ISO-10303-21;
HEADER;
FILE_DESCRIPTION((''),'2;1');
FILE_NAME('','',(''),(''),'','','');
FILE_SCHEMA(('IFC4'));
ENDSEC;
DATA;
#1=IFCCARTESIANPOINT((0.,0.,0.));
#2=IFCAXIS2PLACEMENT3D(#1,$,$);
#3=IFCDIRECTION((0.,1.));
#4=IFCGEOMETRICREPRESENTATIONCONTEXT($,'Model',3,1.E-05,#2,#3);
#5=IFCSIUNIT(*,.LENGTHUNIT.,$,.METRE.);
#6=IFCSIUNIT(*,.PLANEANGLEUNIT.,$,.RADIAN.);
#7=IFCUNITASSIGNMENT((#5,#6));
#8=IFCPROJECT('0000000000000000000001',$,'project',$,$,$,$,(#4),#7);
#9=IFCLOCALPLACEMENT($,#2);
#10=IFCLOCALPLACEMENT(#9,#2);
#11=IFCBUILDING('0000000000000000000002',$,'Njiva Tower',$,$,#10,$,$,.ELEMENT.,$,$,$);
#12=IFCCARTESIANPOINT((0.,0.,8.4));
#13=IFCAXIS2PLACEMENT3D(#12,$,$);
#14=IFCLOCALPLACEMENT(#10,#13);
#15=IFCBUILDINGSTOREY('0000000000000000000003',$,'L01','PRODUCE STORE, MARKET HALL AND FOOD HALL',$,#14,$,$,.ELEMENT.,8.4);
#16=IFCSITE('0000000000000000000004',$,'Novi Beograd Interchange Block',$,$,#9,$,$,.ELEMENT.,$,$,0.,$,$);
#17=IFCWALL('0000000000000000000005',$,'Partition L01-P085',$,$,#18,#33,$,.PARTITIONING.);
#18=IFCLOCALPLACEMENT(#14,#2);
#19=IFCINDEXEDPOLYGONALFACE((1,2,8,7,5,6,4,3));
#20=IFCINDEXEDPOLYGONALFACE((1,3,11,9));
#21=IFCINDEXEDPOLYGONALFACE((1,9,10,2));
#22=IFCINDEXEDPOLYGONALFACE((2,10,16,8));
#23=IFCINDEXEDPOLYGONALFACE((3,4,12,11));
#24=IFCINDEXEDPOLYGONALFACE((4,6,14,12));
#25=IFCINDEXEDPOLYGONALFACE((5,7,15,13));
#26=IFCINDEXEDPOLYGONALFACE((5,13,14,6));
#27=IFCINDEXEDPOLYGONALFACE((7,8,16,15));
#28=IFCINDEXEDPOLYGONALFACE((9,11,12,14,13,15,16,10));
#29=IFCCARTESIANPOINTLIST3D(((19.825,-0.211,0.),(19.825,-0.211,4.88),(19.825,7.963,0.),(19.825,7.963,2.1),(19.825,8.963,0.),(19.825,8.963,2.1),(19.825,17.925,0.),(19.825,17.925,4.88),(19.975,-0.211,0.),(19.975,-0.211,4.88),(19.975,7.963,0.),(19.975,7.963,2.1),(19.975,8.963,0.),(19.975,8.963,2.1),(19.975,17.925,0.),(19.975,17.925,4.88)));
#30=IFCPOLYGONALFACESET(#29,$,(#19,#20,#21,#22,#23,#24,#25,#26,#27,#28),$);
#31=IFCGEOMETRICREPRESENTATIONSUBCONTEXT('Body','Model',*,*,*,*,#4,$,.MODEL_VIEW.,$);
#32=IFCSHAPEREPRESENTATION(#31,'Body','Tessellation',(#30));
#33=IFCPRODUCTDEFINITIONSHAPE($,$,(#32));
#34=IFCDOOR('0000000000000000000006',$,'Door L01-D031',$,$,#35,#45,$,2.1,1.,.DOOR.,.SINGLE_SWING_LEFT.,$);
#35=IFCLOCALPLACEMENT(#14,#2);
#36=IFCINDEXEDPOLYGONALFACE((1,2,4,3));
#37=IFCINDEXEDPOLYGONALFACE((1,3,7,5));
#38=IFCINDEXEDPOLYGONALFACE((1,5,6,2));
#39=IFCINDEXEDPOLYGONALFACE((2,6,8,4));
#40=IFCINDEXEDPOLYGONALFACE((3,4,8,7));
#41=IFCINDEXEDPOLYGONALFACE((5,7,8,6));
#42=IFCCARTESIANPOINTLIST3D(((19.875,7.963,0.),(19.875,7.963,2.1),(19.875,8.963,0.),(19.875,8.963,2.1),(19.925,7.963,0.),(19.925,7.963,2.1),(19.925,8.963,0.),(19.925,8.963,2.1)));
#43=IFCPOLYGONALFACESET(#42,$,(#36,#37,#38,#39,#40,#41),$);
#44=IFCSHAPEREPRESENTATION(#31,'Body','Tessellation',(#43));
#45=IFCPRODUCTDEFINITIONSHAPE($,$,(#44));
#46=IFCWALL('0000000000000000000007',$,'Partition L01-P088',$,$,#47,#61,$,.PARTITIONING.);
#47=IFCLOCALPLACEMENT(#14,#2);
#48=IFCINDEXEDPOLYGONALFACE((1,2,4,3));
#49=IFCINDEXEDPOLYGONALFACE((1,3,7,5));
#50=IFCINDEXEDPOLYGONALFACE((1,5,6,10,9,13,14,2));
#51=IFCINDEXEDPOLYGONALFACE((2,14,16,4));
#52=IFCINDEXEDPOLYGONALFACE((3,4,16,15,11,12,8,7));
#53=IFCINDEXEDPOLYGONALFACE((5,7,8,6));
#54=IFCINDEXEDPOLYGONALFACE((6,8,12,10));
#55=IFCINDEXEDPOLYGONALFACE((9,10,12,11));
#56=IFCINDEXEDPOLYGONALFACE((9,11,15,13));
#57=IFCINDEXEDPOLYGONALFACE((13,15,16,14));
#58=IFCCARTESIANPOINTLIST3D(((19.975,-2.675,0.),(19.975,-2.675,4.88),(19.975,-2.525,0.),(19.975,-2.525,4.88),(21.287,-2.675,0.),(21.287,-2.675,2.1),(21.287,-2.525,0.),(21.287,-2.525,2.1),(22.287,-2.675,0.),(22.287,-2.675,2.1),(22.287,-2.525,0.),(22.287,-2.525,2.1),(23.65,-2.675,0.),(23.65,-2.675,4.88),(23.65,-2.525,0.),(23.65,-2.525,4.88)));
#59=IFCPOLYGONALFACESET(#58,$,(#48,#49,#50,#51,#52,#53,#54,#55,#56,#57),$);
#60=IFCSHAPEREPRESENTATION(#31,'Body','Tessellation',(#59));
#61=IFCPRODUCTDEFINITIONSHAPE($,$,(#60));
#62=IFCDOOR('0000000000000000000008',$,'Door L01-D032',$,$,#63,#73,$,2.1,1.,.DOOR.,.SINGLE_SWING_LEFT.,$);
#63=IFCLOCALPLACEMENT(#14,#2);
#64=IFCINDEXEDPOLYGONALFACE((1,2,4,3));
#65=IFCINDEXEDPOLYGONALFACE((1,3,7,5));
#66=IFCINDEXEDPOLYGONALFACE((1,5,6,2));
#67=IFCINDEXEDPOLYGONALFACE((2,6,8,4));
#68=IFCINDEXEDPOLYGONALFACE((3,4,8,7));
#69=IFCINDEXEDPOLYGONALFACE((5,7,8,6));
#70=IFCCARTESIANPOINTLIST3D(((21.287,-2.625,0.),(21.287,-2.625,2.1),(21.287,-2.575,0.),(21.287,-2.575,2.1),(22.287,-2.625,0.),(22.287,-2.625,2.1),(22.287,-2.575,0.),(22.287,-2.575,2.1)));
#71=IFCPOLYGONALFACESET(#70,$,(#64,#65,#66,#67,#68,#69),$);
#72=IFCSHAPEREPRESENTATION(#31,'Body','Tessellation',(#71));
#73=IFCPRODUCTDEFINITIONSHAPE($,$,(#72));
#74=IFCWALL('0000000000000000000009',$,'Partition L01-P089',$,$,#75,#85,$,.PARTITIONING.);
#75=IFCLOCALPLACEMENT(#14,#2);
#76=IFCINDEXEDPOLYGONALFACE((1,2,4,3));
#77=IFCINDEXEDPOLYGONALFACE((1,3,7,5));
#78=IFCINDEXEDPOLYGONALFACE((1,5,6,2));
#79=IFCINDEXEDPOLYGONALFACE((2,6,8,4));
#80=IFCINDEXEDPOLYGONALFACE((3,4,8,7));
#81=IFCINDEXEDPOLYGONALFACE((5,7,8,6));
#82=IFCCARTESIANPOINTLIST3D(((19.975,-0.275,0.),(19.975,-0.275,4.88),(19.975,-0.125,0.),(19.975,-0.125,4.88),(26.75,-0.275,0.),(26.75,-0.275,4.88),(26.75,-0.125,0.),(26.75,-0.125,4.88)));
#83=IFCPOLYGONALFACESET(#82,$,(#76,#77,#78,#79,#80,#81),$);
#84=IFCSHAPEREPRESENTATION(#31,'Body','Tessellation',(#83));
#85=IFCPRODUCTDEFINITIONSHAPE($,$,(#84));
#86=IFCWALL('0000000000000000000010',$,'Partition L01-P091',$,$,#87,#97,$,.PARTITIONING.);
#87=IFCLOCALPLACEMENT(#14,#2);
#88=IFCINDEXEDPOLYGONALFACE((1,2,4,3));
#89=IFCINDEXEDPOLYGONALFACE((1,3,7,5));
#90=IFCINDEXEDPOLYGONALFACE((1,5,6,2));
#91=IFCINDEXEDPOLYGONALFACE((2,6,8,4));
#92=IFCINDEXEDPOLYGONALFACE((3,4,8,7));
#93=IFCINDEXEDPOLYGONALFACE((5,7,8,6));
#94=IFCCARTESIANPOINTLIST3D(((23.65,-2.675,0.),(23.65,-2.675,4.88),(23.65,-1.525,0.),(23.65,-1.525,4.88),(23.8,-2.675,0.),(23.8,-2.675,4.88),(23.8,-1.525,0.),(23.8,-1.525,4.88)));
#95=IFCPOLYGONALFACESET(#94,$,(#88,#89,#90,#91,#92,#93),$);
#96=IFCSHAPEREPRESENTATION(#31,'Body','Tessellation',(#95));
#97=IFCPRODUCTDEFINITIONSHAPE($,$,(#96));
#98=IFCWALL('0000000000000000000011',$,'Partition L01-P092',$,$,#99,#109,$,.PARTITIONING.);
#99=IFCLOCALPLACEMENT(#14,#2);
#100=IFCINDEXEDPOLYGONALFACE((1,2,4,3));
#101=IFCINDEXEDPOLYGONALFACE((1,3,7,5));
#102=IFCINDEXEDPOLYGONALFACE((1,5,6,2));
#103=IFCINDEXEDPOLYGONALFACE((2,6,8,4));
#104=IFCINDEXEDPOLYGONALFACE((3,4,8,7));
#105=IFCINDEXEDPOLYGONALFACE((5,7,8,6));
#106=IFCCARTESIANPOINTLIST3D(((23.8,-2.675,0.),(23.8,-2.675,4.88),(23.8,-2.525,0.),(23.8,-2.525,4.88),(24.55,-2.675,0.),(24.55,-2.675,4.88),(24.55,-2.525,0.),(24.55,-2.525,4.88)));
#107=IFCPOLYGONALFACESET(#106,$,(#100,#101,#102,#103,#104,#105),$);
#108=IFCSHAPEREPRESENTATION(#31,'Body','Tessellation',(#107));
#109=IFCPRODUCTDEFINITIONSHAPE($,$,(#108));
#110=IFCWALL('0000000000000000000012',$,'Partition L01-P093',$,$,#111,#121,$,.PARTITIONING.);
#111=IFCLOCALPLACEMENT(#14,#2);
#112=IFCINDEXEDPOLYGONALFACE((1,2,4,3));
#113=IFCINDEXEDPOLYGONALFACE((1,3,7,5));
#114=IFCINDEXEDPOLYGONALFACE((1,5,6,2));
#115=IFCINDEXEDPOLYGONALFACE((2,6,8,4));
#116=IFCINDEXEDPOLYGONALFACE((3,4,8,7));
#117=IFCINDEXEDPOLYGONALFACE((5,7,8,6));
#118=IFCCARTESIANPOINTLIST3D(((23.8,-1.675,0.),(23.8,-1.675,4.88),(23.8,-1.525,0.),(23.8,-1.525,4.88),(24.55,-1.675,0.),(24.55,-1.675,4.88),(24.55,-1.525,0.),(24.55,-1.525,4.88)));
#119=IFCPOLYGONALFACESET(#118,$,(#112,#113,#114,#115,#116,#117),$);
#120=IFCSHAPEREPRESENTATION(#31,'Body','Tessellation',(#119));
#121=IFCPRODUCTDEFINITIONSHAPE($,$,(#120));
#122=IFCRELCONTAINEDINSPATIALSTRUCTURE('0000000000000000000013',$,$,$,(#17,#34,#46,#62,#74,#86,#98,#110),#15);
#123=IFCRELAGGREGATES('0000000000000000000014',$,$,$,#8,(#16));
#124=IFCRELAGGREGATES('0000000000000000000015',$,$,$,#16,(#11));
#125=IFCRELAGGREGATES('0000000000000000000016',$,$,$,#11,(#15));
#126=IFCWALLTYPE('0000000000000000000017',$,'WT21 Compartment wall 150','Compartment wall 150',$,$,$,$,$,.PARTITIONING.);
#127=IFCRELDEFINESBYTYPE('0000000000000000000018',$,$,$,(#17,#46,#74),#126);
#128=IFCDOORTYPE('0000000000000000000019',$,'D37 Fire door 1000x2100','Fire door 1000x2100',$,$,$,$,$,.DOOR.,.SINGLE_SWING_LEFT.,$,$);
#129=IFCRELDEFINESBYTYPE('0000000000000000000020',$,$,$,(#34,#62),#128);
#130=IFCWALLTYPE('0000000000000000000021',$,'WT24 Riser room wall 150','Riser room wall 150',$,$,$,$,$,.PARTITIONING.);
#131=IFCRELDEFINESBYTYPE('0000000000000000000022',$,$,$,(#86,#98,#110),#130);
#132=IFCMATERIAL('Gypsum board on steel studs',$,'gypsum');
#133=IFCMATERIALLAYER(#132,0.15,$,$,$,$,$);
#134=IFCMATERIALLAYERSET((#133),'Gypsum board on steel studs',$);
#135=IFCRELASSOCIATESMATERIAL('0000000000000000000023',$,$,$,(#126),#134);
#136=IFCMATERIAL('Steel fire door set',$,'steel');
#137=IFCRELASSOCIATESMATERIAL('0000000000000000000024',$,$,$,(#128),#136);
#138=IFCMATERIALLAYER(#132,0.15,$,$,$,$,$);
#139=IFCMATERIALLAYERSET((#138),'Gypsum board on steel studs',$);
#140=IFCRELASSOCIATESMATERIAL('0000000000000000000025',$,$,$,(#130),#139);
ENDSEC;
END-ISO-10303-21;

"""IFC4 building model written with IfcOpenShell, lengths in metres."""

from ifc_helpers import new_model, si_unit, direction, frame, frame_2d, origin, place, context, subcontext, project, spatial, rectangle, extrude, material, layer, layer_set, type_object, element, fill, save


model = new_model("IFC4")

# Units and contexts
model_context = context("Model", 3, precision=1e-05, world=origin(), true_north=direction((0.0, 1.0)))
body_context = subcontext(model_context, "Body", "Model", "MODEL_VIEW")
ifc_project = project(units=[si_unit("LENGTHUNIT", "METRE"), si_unit("PLANEANGLEUNIT", "RADIAN")], contexts=[model_context])

# Site, building, storey
site_placement = place(None, origin())
site = spatial("IfcSite", under=ifc_project, at=site_placement, Name="Novi Beograd Interchange Block", CompositionType="ELEMENT", RefElevation=0.0)
building_placement = place(site_placement, origin())
building = spatial("IfcBuilding", under=site, at=building_placement, Name="Njiva Tower", CompositionType="ELEMENT")
storey_placement = place(building_placement, frame((0.0, 0.0, 8.4)))
storey = spatial("IfcBuildingStorey", under=building, at=storey_placement, Name="L01", Description="PRODUCE STORE, MARKET HALL AND FOOD HALL", CompositionType="ELEMENT", Elevation=8.4)

# Walls, openings, doors
ifc_material_1 = material(Name="Gypsum board on steel studs", Category="gypsum")
ifc_layer_1 = layer(ifc_material_1, 0.15)
ifc_layer_set_1 = layer_set([ifc_layer_1], Name="Gypsum board on steel studs")
wall_type_1 = type_object("IfcWallType", Name="WT21 Compartment wall 150", Description="Compartment wall 150", PredefinedType="PARTITIONING", material=ifc_layer_set_1)
wall_1_placement = place(storey_placement, frame((19.9, -0.211, 0.0), z_axis=(0.0, 0.0, 1.0), x_axis=(0.0, 1.0, 0.0)))
wall_1 = element("IfcWall", 1, at=wall_1_placement, inside=storey, type_object=wall_type_1, Name="Partition L01-P085", PredefinedType="PARTITIONING", context=body_context, shape_type="SweptSolid", body=[
    extrude(rectangle(XDim=18.136, YDim=0.15, at=frame_2d((9.068, 0.0))), origin(), (0.0, 0.0, 1.0), 4.88),
])
opening_1_placement = place(wall_1_placement, frame((8.174, 0.0, 0.0)))
opening_1 = element("IfcOpeningElement", 2, at=opening_1_placement, cuts=wall_1, PredefinedType="OPENING", context=body_context, shape_type="SweptSolid", body=[
    extrude(rectangle(XDim=1.0, YDim=2.1, at=frame_2d((0.5, 1.05))), frame((0.0, 0.085, 0.0), z_axis=(0.0, -1.0, 0.0), x_axis=(1.0, 0.0, 0.0)), (0.0, 0.0, 1.0), 0.17),
])
ifc_material_2 = material(Name="Steel fire door set", Category="steel")
door_type_1 = type_object("IfcDoorType", Name="D37 Fire door 1000x2100", Description="Fire door 1000x2100", OperationType="SINGLE_SWING_LEFT", PredefinedType="DOOR", material=ifc_material_2)
door_1_placement = place(opening_1_placement, origin())
door_1 = element("IfcDoor", 3, at=door_1_placement, inside=storey, type_object=door_type_1, Name="Door L01-D031", OperationType="SINGLE_SWING_LEFT", OverallHeight=2.1, OverallWidth=1.0, PredefinedType="DOOR", context=body_context, shape_type="SweptSolid", body=[
    extrude(rectangle(XDim=1.0, YDim=2.1, at=frame_2d((0.5, 1.05))), frame((0.0, 0.025, 0.0), z_axis=(0.0, -1.0, 0.0), x_axis=(1.0, 0.0, 0.0)), (0.0, 0.0, 1.0), 0.05),
])
fill(opening_1, door_1)
wall_2_placement = place(storey_placement, frame((19.975, -2.6, 0.0), z_axis=(0.0, 0.0, 1.0), x_axis=(1.0, 0.0, 0.0)))
wall_2 = element("IfcWall", 4, at=wall_2_placement, inside=storey, type_object=wall_type_1, Name="Partition L01-P088", PredefinedType="PARTITIONING", context=body_context, shape_type="SweptSolid", body=[
    extrude(rectangle(XDim=3.675, YDim=0.15, at=frame_2d((1.8375, 0.0))), origin(), (0.0, 0.0, 1.0), 4.88),
])
opening_2_placement = place(wall_2_placement, frame((1.312, 0.0, 0.0)))
opening_2 = element("IfcOpeningElement", 5, at=opening_2_placement, cuts=wall_2, PredefinedType="OPENING", context=body_context, shape_type="SweptSolid", body=[
    extrude(rectangle(XDim=1.0, YDim=2.1, at=frame_2d((0.5, 1.05))), frame((0.0, 0.085, 0.0), z_axis=(0.0, -1.0, 0.0), x_axis=(1.0, 0.0, 0.0)), (0.0, 0.0, 1.0), 0.17),
])
door_2_placement = place(opening_2_placement, origin())
door_2 = element("IfcDoor", 6, at=door_2_placement, inside=storey, type_object=door_type_1, Name="Door L01-D032", OperationType="SINGLE_SWING_LEFT", OverallHeight=2.1, OverallWidth=1.0, PredefinedType="DOOR", context=body_context, shape_type="SweptSolid", body=[
    extrude(rectangle(XDim=1.0, YDim=2.1, at=frame_2d((0.5, 1.05))), frame((0.0, 0.025, 0.0), z_axis=(0.0, -1.0, 0.0), x_axis=(1.0, 0.0, 0.0)), (0.0, 0.0, 1.0), 0.05),
])
fill(opening_2, door_2)

# Walls
wall_3_placement = place(storey_placement, frame((19.975, -0.2, 0.0), z_axis=(0.0, 0.0, 1.0), x_axis=(1.0, 0.0, 0.0)))
element("IfcWall", 7, at=wall_3_placement, inside=storey, type_object=wall_type_1, Name="Partition L01-P089", PredefinedType="PARTITIONING", context=body_context, shape_type="SweptSolid", body=[
    extrude(rectangle(XDim=6.775, YDim=0.15, at=frame_2d((3.3875, 0.0))), origin(), (0.0, 0.0, 1.0), 4.88),
])
ifc_layer_2 = layer(ifc_material_1, 0.15)
ifc_layer_set_2 = layer_set([ifc_layer_2], Name="Gypsum board on steel studs")
wall_type_2 = type_object("IfcWallType", Name="WT24 Riser room wall 150", Description="Riser room wall 150", PredefinedType="PARTITIONING", material=ifc_layer_set_2)
wall_4_placement = place(storey_placement, frame((23.725, -2.675, 0.0), z_axis=(0.0, 0.0, 1.0), x_axis=(0.0, 1.0, 0.0)))
element("IfcWall", 8, at=wall_4_placement, inside=storey, type_object=wall_type_2, Name="Partition L01-P091", PredefinedType="PARTITIONING", context=body_context, shape_type="SweptSolid", body=[
    extrude(rectangle(XDim=1.15, YDim=0.15, at=frame_2d((0.575, 0.0))), origin(), (0.0, 0.0, 1.0), 4.88),
])
for number, where, z_axis, x_axis, name in (
    (9, (23.8, -2.6, 0.0), (0.0, 0.0, 1.0), (1.0, 0.0, 0.0), "Partition L01-P092"),
    (10, (23.8, -1.6, 0.0), (0.0, 0.0, 1.0), (1.0, 0.0, 0.0), "Partition L01-P093"),
):
    element("IfcWall", number, at=place(storey_placement, frame(where, z_axis=z_axis, x_axis=x_axis)), inside=storey, type_object=wall_type_2, Name=name, PredefinedType="PARTITIONING", context=body_context, shape_type="SweptSolid", body=[
        extrude(rectangle(XDim=0.75, YDim=0.15, at=frame_2d((0.375, 0.0))), origin(), (0.0, 0.0, 1.0), 4.88),
    ])

save(model, "model.ifc")
